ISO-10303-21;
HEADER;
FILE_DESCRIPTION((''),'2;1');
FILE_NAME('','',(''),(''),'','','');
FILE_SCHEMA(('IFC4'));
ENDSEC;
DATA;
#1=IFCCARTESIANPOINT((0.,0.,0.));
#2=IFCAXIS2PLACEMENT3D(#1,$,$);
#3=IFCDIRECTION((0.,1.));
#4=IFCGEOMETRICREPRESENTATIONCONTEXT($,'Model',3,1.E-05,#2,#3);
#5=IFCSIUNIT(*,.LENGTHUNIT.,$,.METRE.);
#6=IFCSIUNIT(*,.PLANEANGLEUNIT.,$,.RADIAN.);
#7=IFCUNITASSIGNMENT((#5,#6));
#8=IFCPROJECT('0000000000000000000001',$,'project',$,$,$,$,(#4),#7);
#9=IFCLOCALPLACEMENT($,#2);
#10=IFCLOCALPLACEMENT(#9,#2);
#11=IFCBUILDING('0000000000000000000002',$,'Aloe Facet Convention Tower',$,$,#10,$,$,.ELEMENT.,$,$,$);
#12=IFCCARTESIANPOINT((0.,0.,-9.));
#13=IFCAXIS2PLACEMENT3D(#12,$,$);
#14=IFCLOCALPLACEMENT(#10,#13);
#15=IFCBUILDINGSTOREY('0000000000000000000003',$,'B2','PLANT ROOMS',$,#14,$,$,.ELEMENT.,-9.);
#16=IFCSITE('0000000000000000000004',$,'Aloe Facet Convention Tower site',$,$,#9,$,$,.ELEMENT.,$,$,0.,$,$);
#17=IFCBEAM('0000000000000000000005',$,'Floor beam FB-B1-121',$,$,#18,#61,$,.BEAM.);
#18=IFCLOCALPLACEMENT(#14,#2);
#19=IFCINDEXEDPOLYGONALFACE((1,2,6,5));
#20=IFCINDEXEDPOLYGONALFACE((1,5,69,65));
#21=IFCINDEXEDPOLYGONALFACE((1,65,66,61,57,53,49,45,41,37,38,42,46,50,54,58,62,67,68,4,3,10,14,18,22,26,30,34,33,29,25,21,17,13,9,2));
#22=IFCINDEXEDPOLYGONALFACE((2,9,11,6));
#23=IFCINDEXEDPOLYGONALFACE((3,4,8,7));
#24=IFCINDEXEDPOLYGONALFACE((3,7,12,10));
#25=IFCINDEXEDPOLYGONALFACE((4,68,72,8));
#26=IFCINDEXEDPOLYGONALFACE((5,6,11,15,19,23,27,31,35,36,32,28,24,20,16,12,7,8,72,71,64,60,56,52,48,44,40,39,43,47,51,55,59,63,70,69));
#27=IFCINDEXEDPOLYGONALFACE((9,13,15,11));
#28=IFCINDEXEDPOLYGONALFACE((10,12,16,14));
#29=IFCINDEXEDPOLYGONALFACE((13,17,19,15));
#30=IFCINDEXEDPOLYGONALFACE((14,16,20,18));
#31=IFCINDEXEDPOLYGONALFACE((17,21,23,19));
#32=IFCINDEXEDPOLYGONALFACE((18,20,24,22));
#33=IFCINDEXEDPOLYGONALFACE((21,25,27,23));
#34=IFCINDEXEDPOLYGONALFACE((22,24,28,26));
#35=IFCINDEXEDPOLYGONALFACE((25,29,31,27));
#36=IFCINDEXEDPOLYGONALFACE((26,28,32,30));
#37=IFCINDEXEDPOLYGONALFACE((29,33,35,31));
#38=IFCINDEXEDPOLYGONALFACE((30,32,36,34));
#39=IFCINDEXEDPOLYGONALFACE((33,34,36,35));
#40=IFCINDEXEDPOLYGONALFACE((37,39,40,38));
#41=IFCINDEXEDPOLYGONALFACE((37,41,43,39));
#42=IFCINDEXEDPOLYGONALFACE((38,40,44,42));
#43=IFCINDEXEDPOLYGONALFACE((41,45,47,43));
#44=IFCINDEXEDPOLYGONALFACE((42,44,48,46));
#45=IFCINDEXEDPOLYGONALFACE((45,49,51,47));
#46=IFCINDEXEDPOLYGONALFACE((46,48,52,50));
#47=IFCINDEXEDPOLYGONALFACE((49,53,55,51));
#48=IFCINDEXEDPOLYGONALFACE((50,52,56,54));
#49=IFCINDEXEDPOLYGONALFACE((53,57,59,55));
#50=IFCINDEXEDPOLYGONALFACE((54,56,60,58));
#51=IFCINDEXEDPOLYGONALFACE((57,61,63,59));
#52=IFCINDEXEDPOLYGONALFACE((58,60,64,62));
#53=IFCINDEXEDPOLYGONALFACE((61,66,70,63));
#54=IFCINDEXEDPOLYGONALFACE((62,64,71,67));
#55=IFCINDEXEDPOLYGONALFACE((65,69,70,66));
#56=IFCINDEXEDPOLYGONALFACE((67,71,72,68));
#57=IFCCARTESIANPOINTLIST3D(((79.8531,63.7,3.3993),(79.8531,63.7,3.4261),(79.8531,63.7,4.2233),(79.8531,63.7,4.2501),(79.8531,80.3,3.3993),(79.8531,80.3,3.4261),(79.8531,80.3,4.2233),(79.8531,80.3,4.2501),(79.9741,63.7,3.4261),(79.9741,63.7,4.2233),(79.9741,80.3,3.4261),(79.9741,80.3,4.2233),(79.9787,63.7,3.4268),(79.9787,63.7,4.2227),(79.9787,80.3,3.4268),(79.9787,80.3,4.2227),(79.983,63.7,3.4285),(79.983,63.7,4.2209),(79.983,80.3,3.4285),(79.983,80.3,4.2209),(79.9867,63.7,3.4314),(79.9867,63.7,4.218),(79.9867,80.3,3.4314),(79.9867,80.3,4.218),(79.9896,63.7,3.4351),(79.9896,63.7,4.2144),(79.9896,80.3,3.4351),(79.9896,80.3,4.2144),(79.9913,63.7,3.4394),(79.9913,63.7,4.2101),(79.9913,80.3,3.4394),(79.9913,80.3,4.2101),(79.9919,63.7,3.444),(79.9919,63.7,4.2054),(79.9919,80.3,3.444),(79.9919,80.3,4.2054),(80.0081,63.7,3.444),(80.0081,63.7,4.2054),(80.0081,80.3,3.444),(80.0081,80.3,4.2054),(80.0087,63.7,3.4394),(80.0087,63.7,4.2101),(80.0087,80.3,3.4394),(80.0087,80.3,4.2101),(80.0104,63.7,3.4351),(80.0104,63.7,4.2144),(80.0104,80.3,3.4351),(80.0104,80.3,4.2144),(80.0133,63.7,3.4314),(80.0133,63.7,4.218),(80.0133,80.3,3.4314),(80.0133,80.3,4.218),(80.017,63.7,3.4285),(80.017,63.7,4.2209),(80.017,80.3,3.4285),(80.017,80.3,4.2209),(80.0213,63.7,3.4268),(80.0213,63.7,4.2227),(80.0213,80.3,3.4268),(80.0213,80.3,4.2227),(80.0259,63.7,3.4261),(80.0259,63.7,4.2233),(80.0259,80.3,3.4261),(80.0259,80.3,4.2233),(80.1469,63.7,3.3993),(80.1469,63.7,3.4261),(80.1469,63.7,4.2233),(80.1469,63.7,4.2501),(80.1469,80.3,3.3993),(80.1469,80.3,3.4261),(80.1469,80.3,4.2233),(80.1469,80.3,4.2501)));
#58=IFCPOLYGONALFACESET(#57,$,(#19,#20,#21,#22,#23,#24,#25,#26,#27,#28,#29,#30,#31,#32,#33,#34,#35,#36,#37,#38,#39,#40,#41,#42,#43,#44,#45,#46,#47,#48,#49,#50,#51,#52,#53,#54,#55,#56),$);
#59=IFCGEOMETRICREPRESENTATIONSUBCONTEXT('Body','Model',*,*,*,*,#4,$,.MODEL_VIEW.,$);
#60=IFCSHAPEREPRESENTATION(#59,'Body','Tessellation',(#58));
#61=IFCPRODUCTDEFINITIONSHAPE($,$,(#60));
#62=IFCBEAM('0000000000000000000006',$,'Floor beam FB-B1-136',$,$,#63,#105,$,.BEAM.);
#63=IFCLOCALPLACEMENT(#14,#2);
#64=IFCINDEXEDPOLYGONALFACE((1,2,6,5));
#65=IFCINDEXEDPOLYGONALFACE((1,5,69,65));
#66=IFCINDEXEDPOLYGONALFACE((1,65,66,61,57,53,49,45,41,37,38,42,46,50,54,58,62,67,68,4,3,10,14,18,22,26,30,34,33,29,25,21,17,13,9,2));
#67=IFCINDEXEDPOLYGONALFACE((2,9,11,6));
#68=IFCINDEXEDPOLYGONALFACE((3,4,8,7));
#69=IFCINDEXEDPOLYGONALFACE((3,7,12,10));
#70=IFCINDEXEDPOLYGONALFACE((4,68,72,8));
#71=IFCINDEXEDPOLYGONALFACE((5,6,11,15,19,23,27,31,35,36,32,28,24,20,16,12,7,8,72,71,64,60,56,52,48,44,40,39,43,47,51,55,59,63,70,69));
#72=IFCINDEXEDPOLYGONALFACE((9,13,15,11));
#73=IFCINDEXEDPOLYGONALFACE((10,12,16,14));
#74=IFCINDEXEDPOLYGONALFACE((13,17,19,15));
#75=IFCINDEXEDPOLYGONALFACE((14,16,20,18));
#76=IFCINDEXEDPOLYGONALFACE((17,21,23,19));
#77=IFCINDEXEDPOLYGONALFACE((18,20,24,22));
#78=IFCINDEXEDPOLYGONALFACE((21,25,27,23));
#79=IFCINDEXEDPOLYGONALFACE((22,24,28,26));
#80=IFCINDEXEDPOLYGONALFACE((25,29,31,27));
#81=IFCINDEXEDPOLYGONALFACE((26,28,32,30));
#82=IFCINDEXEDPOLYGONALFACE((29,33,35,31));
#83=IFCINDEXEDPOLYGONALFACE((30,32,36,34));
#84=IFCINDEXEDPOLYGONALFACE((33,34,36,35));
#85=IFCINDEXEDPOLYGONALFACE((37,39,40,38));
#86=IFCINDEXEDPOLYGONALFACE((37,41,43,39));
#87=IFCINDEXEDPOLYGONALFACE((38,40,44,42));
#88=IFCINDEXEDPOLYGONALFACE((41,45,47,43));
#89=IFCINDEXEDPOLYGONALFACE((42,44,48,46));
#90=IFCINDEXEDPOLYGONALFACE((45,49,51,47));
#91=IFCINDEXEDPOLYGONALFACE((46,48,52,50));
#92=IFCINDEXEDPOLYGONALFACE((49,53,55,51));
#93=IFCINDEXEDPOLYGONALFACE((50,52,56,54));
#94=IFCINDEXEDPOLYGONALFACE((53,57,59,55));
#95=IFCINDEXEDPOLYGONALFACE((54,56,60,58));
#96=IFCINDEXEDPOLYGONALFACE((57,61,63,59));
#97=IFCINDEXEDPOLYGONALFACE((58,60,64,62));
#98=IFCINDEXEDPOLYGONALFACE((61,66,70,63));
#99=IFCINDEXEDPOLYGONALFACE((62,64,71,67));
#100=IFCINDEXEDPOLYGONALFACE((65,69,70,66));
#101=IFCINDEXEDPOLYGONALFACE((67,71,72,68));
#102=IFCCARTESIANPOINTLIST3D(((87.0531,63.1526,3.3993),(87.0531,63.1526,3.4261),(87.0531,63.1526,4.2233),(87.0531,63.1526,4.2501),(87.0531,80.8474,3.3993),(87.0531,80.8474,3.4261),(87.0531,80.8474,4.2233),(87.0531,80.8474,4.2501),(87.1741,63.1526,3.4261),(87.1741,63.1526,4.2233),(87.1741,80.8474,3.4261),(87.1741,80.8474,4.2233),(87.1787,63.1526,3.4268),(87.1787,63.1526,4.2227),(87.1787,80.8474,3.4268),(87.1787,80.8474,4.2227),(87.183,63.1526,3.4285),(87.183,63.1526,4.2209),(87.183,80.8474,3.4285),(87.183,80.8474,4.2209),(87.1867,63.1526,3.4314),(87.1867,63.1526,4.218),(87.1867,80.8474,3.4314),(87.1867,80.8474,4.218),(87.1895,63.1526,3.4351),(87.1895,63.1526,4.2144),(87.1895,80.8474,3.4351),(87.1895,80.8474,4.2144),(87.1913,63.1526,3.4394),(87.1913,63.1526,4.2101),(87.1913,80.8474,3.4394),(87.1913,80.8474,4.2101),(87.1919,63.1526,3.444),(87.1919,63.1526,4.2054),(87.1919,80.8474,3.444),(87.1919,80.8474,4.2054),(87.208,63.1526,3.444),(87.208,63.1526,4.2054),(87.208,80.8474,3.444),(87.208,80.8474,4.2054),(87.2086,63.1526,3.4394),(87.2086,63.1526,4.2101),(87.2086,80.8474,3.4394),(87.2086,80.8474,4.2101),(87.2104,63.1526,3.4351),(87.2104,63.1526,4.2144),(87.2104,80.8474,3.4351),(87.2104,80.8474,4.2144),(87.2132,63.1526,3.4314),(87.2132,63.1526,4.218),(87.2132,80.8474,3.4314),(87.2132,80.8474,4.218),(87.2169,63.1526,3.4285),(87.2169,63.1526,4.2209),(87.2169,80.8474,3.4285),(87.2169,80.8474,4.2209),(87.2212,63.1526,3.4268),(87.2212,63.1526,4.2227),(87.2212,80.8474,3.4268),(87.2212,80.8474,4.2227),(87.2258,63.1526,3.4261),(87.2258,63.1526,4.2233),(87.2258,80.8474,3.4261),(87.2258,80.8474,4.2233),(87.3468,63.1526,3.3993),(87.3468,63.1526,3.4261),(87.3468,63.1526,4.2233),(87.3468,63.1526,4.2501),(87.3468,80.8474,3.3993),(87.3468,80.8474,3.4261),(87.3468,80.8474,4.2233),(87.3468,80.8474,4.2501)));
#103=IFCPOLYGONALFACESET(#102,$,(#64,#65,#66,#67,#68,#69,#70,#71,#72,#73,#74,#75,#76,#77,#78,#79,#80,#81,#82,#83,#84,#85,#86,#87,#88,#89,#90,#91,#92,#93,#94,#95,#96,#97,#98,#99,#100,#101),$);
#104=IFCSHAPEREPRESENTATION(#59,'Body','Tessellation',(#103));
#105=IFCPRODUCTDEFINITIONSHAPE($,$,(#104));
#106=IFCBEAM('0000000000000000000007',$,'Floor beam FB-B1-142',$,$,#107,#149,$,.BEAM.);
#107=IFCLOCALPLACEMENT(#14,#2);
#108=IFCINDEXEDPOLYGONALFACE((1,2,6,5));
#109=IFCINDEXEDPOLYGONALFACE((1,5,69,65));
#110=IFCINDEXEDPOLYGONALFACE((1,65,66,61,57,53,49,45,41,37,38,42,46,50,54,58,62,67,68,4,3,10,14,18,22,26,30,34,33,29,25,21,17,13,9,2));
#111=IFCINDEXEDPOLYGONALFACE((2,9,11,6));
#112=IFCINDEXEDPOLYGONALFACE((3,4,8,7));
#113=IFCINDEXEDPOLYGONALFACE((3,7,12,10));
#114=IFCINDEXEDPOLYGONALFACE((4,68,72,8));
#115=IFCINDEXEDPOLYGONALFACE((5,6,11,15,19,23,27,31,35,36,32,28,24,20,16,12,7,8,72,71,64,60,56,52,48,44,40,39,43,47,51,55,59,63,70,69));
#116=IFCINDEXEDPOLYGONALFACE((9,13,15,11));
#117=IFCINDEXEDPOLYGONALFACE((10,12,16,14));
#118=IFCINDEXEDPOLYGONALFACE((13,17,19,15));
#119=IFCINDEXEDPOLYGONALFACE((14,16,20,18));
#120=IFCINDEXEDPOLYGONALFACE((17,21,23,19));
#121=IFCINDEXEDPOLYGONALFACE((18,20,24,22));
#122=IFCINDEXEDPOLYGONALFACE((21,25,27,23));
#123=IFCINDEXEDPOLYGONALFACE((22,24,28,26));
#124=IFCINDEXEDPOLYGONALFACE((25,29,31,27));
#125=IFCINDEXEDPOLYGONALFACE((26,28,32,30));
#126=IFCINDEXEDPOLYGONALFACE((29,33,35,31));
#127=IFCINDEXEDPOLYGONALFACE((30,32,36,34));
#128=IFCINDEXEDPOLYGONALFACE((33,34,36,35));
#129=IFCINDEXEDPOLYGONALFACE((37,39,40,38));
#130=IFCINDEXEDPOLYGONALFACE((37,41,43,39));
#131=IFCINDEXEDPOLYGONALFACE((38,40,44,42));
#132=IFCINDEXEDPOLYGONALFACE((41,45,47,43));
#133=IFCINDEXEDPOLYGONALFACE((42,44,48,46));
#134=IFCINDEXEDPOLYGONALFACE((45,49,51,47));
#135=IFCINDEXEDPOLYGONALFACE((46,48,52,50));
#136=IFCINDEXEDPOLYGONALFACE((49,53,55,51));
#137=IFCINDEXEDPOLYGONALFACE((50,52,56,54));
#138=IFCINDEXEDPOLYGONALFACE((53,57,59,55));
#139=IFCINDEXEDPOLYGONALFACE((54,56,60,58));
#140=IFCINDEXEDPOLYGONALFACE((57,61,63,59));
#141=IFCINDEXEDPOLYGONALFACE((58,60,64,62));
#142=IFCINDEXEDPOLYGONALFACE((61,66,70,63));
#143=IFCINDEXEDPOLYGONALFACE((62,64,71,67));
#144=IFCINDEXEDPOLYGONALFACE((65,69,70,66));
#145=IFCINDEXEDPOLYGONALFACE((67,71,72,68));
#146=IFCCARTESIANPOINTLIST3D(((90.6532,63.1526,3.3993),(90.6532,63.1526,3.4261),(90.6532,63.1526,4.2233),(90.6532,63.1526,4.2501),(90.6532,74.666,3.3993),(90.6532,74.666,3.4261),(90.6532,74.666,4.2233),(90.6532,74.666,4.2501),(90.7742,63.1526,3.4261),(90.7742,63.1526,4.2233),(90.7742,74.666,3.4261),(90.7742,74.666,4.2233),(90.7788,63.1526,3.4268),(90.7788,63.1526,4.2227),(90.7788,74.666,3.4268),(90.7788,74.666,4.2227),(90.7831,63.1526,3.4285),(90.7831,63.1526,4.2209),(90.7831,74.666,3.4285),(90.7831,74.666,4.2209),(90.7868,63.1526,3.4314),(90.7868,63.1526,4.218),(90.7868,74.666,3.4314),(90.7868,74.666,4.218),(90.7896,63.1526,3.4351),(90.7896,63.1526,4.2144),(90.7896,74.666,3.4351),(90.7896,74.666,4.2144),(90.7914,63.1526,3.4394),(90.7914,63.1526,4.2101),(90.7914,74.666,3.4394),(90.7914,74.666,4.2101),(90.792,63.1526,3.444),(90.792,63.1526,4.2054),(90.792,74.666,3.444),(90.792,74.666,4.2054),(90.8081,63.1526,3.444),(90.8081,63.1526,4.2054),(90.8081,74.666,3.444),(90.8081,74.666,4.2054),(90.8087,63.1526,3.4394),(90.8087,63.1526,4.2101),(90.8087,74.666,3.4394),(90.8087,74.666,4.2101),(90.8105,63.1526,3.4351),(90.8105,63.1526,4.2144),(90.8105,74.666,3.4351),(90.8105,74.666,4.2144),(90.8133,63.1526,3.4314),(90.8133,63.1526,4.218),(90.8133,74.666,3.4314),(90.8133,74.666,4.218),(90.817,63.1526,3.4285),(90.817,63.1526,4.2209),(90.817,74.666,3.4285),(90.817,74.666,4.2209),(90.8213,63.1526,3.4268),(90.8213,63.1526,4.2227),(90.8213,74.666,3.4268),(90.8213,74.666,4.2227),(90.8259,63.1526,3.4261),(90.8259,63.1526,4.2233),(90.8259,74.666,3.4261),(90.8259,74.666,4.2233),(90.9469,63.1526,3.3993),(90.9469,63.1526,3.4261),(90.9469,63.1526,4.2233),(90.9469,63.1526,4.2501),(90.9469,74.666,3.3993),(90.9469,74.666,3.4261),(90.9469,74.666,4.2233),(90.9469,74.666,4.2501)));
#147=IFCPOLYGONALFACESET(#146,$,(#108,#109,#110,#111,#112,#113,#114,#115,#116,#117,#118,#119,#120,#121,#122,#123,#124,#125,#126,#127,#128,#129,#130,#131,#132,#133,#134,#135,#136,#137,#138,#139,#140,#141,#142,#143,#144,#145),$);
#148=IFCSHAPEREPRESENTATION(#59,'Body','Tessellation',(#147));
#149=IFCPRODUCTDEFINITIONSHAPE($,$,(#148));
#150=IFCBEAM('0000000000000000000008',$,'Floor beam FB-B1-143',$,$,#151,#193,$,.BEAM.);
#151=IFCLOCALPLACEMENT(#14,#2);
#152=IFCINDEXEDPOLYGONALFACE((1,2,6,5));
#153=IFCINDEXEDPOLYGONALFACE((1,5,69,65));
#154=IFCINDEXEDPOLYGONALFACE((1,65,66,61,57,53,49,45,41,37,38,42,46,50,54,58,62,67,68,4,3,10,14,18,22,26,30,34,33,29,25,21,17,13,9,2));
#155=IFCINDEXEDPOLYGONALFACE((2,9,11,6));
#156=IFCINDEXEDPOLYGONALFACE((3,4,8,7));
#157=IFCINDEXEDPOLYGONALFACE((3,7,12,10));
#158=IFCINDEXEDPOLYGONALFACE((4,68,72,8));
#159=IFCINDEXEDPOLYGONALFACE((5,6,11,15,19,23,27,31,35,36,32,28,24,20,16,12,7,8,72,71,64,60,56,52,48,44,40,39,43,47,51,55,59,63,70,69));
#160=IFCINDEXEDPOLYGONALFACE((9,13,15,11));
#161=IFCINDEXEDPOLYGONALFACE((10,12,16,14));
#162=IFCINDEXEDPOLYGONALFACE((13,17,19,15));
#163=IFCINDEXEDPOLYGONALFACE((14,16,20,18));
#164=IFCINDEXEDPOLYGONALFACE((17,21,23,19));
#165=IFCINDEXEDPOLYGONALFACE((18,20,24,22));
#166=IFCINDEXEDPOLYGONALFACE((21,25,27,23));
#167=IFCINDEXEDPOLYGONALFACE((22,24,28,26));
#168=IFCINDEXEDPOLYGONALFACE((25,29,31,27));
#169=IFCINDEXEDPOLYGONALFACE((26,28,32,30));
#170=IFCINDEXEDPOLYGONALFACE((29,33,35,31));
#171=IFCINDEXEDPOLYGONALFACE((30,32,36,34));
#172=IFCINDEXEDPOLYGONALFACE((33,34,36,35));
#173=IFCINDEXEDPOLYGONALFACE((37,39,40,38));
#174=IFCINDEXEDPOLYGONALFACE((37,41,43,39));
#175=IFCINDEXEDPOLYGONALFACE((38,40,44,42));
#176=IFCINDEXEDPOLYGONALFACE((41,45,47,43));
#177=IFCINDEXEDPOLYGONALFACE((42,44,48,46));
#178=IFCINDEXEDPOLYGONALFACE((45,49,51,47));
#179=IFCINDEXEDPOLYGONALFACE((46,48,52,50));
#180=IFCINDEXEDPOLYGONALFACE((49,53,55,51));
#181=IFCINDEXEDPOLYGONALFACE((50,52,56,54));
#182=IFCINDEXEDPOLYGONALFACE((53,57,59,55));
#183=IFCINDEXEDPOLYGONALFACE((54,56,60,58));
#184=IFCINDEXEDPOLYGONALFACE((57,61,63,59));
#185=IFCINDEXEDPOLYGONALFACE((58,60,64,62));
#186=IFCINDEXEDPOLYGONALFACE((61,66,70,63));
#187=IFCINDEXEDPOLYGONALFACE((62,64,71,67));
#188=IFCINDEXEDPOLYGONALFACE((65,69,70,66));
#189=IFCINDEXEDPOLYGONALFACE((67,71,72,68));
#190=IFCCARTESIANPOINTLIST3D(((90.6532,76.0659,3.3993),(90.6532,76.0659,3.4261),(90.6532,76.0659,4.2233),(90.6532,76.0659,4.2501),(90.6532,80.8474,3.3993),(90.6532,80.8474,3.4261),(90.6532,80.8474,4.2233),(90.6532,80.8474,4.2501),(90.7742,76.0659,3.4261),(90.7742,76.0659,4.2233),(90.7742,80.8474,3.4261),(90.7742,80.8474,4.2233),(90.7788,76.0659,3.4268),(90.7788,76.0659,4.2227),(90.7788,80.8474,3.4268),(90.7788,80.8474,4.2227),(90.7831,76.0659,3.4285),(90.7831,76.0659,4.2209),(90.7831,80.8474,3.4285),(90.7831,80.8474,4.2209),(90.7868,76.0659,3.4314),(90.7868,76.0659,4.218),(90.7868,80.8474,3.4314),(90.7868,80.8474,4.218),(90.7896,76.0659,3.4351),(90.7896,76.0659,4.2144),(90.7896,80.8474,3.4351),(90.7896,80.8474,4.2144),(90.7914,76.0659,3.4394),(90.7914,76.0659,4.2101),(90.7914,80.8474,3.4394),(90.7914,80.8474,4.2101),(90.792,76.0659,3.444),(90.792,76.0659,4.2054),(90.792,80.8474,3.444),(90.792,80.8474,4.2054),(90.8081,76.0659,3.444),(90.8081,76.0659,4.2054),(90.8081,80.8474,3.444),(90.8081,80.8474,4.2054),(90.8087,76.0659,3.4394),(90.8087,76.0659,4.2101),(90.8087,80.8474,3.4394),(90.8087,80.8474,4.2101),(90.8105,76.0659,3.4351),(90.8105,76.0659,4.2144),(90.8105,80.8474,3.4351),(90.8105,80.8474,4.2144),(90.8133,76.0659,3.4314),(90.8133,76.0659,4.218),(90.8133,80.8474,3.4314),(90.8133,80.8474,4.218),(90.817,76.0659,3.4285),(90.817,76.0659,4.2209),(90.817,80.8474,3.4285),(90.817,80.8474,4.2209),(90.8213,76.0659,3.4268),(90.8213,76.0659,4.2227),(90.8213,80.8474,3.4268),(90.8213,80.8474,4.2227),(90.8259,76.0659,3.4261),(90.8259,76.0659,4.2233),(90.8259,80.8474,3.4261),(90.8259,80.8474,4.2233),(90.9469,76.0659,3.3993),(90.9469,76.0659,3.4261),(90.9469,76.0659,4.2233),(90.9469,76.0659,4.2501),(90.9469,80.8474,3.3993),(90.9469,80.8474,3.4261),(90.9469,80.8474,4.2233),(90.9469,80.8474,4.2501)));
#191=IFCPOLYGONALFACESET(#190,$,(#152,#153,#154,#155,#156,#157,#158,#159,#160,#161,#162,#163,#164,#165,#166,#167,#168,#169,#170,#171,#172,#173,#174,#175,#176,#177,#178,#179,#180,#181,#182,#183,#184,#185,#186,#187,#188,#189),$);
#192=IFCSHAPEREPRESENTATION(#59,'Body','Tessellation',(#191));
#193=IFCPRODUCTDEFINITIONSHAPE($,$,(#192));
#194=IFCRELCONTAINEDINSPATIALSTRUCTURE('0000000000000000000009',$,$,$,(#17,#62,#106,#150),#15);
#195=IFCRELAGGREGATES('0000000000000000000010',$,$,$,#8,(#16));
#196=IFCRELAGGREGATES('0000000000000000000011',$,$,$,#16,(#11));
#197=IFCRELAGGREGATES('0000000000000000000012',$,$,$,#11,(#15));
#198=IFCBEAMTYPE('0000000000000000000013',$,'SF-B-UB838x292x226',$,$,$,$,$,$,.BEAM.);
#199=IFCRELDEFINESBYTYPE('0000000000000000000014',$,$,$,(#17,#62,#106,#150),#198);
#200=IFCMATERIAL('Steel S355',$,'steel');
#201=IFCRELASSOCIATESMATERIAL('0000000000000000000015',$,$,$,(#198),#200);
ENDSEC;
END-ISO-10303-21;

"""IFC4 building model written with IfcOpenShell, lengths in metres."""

from ifc_helpers import new_model, si_unit, direction, frame, origin, origin_2d, place, context, subcontext, project, spatial, i_section, extrude, material, material_profile, profile_set, type_object, element, save


model = new_model("IFC4")

# Units and contexts
model_context = context("Model", 3, precision=1e-05, world=origin(), true_north=direction((0.0, 1.0)))
body_context = subcontext(model_context, "Body", "Model", "MODEL_VIEW")
ifc_project = project(units=[si_unit("LENGTHUNIT", "METRE"), si_unit("PLANEANGLEUNIT", "RADIAN")], contexts=[model_context])

# Site, building, storey
site_placement = place(None, origin())
site = spatial("IfcSite", under=ifc_project, at=site_placement, Name="Aloe Facet Convention Tower site", CompositionType="ELEMENT", RefElevation=0.0)
building_placement = place(site_placement, origin())
building = spatial("IfcBuilding", under=site, at=building_placement, Name="Aloe Facet Convention Tower", CompositionType="ELEMENT")
storey_placement = place(building_placement, frame((0.0, 0.0, -9.0)))
storey = spatial("IfcBuildingStorey", under=building, at=storey_placement, Name="B2", Description="PLANT ROOMS", CompositionType="ELEMENT", Elevation=-9.0)

# Beams
ifc_material_1 = material(Name="Steel S355", Category="steel")
ifc_material_profile_1 = material_profile(ifc_material_1, i_section(OverallWidth=0.2937, OverallDepth=0.8508, WebThickness=0.0161, FlangeThickness=0.0269, FilletRadius=0.0178, at=origin_2d()), Name="UB 838x292x226")
ifc_profile_set_1 = profile_set([ifc_material_profile_1], Name="Steel S355")
beam_type = type_object("IfcBeamType", Name="SF-B-UB838x292x226", PredefinedType="BEAM", material=ifc_profile_set_1)
beam_1_placement = place(storey_placement, frame((80.0, 63.7, 3.8247), z_axis=(0.0, 1.0, 0.0), x_axis=(-1.0, 0.0, 0.0)))
element("IfcBeam", 1, at=beam_1_placement, inside=storey, type_object=beam_type, Name="Floor beam FB-B1-121", PredefinedType="BEAM", context=body_context, shape_type="SweptSolid", body=[
    extrude(i_section(OverallWidth=0.2937, OverallDepth=0.8508, WebThickness=0.0161, FlangeThickness=0.0269, FilletRadius=0.0178, at=origin_2d()), origin(), (0.0, 0.0, 1.0), 16.6001),
])
beam_2_placement = place(storey_placement, frame((87.2, 63.1526, 3.8247), z_axis=(0.0, 1.0, 0.0), x_axis=(-1.0, 0.0, 0.0)))
element("IfcBeam", 2, at=beam_2_placement, inside=storey, type_object=beam_type, Name="Floor beam FB-B1-136", PredefinedType="BEAM", context=body_context, shape_type="SweptSolid", body=[
    extrude(i_section(OverallWidth=0.2937, OverallDepth=0.8508, WebThickness=0.0161, FlangeThickness=0.0269, FilletRadius=0.0178, at=origin_2d()), origin(), (0.0, 0.0, 1.0), 17.6948),
])
beam_3_placement = place(storey_placement, frame((90.8, 63.1526, 3.8247), z_axis=(0.0, 1.0, 0.0), x_axis=(-1.0, 0.0, 0.0)))
element("IfcBeam", 3, at=beam_3_placement, inside=storey, type_object=beam_type, Name="Floor beam FB-B1-142", PredefinedType="BEAM", context=body_context, shape_type="SweptSolid", body=[
    extrude(i_section(OverallWidth=0.2937, OverallDepth=0.8508, WebThickness=0.0161, FlangeThickness=0.0269, FilletRadius=0.0178, at=origin_2d()), origin(), (0.0, 0.0, 1.0), 11.5134),
])
beam_4_placement = place(storey_placement, frame((90.8, 76.0659, 3.8247), z_axis=(0.0, 1.0, 0.0), x_axis=(-1.0, 0.0, 0.0)))
element("IfcBeam", 4, at=beam_4_placement, inside=storey, type_object=beam_type, Name="Floor beam FB-B1-143", PredefinedType="BEAM", context=body_context, shape_type="SweptSolid", body=[
    extrude(i_section(OverallWidth=0.2937, OverallDepth=0.8508, WebThickness=0.0161, FlangeThickness=0.0269, FilletRadius=0.0178, at=origin_2d()), origin(), (0.0, 0.0, 1.0), 4.7815),
])

save(model, "model.ifc")
